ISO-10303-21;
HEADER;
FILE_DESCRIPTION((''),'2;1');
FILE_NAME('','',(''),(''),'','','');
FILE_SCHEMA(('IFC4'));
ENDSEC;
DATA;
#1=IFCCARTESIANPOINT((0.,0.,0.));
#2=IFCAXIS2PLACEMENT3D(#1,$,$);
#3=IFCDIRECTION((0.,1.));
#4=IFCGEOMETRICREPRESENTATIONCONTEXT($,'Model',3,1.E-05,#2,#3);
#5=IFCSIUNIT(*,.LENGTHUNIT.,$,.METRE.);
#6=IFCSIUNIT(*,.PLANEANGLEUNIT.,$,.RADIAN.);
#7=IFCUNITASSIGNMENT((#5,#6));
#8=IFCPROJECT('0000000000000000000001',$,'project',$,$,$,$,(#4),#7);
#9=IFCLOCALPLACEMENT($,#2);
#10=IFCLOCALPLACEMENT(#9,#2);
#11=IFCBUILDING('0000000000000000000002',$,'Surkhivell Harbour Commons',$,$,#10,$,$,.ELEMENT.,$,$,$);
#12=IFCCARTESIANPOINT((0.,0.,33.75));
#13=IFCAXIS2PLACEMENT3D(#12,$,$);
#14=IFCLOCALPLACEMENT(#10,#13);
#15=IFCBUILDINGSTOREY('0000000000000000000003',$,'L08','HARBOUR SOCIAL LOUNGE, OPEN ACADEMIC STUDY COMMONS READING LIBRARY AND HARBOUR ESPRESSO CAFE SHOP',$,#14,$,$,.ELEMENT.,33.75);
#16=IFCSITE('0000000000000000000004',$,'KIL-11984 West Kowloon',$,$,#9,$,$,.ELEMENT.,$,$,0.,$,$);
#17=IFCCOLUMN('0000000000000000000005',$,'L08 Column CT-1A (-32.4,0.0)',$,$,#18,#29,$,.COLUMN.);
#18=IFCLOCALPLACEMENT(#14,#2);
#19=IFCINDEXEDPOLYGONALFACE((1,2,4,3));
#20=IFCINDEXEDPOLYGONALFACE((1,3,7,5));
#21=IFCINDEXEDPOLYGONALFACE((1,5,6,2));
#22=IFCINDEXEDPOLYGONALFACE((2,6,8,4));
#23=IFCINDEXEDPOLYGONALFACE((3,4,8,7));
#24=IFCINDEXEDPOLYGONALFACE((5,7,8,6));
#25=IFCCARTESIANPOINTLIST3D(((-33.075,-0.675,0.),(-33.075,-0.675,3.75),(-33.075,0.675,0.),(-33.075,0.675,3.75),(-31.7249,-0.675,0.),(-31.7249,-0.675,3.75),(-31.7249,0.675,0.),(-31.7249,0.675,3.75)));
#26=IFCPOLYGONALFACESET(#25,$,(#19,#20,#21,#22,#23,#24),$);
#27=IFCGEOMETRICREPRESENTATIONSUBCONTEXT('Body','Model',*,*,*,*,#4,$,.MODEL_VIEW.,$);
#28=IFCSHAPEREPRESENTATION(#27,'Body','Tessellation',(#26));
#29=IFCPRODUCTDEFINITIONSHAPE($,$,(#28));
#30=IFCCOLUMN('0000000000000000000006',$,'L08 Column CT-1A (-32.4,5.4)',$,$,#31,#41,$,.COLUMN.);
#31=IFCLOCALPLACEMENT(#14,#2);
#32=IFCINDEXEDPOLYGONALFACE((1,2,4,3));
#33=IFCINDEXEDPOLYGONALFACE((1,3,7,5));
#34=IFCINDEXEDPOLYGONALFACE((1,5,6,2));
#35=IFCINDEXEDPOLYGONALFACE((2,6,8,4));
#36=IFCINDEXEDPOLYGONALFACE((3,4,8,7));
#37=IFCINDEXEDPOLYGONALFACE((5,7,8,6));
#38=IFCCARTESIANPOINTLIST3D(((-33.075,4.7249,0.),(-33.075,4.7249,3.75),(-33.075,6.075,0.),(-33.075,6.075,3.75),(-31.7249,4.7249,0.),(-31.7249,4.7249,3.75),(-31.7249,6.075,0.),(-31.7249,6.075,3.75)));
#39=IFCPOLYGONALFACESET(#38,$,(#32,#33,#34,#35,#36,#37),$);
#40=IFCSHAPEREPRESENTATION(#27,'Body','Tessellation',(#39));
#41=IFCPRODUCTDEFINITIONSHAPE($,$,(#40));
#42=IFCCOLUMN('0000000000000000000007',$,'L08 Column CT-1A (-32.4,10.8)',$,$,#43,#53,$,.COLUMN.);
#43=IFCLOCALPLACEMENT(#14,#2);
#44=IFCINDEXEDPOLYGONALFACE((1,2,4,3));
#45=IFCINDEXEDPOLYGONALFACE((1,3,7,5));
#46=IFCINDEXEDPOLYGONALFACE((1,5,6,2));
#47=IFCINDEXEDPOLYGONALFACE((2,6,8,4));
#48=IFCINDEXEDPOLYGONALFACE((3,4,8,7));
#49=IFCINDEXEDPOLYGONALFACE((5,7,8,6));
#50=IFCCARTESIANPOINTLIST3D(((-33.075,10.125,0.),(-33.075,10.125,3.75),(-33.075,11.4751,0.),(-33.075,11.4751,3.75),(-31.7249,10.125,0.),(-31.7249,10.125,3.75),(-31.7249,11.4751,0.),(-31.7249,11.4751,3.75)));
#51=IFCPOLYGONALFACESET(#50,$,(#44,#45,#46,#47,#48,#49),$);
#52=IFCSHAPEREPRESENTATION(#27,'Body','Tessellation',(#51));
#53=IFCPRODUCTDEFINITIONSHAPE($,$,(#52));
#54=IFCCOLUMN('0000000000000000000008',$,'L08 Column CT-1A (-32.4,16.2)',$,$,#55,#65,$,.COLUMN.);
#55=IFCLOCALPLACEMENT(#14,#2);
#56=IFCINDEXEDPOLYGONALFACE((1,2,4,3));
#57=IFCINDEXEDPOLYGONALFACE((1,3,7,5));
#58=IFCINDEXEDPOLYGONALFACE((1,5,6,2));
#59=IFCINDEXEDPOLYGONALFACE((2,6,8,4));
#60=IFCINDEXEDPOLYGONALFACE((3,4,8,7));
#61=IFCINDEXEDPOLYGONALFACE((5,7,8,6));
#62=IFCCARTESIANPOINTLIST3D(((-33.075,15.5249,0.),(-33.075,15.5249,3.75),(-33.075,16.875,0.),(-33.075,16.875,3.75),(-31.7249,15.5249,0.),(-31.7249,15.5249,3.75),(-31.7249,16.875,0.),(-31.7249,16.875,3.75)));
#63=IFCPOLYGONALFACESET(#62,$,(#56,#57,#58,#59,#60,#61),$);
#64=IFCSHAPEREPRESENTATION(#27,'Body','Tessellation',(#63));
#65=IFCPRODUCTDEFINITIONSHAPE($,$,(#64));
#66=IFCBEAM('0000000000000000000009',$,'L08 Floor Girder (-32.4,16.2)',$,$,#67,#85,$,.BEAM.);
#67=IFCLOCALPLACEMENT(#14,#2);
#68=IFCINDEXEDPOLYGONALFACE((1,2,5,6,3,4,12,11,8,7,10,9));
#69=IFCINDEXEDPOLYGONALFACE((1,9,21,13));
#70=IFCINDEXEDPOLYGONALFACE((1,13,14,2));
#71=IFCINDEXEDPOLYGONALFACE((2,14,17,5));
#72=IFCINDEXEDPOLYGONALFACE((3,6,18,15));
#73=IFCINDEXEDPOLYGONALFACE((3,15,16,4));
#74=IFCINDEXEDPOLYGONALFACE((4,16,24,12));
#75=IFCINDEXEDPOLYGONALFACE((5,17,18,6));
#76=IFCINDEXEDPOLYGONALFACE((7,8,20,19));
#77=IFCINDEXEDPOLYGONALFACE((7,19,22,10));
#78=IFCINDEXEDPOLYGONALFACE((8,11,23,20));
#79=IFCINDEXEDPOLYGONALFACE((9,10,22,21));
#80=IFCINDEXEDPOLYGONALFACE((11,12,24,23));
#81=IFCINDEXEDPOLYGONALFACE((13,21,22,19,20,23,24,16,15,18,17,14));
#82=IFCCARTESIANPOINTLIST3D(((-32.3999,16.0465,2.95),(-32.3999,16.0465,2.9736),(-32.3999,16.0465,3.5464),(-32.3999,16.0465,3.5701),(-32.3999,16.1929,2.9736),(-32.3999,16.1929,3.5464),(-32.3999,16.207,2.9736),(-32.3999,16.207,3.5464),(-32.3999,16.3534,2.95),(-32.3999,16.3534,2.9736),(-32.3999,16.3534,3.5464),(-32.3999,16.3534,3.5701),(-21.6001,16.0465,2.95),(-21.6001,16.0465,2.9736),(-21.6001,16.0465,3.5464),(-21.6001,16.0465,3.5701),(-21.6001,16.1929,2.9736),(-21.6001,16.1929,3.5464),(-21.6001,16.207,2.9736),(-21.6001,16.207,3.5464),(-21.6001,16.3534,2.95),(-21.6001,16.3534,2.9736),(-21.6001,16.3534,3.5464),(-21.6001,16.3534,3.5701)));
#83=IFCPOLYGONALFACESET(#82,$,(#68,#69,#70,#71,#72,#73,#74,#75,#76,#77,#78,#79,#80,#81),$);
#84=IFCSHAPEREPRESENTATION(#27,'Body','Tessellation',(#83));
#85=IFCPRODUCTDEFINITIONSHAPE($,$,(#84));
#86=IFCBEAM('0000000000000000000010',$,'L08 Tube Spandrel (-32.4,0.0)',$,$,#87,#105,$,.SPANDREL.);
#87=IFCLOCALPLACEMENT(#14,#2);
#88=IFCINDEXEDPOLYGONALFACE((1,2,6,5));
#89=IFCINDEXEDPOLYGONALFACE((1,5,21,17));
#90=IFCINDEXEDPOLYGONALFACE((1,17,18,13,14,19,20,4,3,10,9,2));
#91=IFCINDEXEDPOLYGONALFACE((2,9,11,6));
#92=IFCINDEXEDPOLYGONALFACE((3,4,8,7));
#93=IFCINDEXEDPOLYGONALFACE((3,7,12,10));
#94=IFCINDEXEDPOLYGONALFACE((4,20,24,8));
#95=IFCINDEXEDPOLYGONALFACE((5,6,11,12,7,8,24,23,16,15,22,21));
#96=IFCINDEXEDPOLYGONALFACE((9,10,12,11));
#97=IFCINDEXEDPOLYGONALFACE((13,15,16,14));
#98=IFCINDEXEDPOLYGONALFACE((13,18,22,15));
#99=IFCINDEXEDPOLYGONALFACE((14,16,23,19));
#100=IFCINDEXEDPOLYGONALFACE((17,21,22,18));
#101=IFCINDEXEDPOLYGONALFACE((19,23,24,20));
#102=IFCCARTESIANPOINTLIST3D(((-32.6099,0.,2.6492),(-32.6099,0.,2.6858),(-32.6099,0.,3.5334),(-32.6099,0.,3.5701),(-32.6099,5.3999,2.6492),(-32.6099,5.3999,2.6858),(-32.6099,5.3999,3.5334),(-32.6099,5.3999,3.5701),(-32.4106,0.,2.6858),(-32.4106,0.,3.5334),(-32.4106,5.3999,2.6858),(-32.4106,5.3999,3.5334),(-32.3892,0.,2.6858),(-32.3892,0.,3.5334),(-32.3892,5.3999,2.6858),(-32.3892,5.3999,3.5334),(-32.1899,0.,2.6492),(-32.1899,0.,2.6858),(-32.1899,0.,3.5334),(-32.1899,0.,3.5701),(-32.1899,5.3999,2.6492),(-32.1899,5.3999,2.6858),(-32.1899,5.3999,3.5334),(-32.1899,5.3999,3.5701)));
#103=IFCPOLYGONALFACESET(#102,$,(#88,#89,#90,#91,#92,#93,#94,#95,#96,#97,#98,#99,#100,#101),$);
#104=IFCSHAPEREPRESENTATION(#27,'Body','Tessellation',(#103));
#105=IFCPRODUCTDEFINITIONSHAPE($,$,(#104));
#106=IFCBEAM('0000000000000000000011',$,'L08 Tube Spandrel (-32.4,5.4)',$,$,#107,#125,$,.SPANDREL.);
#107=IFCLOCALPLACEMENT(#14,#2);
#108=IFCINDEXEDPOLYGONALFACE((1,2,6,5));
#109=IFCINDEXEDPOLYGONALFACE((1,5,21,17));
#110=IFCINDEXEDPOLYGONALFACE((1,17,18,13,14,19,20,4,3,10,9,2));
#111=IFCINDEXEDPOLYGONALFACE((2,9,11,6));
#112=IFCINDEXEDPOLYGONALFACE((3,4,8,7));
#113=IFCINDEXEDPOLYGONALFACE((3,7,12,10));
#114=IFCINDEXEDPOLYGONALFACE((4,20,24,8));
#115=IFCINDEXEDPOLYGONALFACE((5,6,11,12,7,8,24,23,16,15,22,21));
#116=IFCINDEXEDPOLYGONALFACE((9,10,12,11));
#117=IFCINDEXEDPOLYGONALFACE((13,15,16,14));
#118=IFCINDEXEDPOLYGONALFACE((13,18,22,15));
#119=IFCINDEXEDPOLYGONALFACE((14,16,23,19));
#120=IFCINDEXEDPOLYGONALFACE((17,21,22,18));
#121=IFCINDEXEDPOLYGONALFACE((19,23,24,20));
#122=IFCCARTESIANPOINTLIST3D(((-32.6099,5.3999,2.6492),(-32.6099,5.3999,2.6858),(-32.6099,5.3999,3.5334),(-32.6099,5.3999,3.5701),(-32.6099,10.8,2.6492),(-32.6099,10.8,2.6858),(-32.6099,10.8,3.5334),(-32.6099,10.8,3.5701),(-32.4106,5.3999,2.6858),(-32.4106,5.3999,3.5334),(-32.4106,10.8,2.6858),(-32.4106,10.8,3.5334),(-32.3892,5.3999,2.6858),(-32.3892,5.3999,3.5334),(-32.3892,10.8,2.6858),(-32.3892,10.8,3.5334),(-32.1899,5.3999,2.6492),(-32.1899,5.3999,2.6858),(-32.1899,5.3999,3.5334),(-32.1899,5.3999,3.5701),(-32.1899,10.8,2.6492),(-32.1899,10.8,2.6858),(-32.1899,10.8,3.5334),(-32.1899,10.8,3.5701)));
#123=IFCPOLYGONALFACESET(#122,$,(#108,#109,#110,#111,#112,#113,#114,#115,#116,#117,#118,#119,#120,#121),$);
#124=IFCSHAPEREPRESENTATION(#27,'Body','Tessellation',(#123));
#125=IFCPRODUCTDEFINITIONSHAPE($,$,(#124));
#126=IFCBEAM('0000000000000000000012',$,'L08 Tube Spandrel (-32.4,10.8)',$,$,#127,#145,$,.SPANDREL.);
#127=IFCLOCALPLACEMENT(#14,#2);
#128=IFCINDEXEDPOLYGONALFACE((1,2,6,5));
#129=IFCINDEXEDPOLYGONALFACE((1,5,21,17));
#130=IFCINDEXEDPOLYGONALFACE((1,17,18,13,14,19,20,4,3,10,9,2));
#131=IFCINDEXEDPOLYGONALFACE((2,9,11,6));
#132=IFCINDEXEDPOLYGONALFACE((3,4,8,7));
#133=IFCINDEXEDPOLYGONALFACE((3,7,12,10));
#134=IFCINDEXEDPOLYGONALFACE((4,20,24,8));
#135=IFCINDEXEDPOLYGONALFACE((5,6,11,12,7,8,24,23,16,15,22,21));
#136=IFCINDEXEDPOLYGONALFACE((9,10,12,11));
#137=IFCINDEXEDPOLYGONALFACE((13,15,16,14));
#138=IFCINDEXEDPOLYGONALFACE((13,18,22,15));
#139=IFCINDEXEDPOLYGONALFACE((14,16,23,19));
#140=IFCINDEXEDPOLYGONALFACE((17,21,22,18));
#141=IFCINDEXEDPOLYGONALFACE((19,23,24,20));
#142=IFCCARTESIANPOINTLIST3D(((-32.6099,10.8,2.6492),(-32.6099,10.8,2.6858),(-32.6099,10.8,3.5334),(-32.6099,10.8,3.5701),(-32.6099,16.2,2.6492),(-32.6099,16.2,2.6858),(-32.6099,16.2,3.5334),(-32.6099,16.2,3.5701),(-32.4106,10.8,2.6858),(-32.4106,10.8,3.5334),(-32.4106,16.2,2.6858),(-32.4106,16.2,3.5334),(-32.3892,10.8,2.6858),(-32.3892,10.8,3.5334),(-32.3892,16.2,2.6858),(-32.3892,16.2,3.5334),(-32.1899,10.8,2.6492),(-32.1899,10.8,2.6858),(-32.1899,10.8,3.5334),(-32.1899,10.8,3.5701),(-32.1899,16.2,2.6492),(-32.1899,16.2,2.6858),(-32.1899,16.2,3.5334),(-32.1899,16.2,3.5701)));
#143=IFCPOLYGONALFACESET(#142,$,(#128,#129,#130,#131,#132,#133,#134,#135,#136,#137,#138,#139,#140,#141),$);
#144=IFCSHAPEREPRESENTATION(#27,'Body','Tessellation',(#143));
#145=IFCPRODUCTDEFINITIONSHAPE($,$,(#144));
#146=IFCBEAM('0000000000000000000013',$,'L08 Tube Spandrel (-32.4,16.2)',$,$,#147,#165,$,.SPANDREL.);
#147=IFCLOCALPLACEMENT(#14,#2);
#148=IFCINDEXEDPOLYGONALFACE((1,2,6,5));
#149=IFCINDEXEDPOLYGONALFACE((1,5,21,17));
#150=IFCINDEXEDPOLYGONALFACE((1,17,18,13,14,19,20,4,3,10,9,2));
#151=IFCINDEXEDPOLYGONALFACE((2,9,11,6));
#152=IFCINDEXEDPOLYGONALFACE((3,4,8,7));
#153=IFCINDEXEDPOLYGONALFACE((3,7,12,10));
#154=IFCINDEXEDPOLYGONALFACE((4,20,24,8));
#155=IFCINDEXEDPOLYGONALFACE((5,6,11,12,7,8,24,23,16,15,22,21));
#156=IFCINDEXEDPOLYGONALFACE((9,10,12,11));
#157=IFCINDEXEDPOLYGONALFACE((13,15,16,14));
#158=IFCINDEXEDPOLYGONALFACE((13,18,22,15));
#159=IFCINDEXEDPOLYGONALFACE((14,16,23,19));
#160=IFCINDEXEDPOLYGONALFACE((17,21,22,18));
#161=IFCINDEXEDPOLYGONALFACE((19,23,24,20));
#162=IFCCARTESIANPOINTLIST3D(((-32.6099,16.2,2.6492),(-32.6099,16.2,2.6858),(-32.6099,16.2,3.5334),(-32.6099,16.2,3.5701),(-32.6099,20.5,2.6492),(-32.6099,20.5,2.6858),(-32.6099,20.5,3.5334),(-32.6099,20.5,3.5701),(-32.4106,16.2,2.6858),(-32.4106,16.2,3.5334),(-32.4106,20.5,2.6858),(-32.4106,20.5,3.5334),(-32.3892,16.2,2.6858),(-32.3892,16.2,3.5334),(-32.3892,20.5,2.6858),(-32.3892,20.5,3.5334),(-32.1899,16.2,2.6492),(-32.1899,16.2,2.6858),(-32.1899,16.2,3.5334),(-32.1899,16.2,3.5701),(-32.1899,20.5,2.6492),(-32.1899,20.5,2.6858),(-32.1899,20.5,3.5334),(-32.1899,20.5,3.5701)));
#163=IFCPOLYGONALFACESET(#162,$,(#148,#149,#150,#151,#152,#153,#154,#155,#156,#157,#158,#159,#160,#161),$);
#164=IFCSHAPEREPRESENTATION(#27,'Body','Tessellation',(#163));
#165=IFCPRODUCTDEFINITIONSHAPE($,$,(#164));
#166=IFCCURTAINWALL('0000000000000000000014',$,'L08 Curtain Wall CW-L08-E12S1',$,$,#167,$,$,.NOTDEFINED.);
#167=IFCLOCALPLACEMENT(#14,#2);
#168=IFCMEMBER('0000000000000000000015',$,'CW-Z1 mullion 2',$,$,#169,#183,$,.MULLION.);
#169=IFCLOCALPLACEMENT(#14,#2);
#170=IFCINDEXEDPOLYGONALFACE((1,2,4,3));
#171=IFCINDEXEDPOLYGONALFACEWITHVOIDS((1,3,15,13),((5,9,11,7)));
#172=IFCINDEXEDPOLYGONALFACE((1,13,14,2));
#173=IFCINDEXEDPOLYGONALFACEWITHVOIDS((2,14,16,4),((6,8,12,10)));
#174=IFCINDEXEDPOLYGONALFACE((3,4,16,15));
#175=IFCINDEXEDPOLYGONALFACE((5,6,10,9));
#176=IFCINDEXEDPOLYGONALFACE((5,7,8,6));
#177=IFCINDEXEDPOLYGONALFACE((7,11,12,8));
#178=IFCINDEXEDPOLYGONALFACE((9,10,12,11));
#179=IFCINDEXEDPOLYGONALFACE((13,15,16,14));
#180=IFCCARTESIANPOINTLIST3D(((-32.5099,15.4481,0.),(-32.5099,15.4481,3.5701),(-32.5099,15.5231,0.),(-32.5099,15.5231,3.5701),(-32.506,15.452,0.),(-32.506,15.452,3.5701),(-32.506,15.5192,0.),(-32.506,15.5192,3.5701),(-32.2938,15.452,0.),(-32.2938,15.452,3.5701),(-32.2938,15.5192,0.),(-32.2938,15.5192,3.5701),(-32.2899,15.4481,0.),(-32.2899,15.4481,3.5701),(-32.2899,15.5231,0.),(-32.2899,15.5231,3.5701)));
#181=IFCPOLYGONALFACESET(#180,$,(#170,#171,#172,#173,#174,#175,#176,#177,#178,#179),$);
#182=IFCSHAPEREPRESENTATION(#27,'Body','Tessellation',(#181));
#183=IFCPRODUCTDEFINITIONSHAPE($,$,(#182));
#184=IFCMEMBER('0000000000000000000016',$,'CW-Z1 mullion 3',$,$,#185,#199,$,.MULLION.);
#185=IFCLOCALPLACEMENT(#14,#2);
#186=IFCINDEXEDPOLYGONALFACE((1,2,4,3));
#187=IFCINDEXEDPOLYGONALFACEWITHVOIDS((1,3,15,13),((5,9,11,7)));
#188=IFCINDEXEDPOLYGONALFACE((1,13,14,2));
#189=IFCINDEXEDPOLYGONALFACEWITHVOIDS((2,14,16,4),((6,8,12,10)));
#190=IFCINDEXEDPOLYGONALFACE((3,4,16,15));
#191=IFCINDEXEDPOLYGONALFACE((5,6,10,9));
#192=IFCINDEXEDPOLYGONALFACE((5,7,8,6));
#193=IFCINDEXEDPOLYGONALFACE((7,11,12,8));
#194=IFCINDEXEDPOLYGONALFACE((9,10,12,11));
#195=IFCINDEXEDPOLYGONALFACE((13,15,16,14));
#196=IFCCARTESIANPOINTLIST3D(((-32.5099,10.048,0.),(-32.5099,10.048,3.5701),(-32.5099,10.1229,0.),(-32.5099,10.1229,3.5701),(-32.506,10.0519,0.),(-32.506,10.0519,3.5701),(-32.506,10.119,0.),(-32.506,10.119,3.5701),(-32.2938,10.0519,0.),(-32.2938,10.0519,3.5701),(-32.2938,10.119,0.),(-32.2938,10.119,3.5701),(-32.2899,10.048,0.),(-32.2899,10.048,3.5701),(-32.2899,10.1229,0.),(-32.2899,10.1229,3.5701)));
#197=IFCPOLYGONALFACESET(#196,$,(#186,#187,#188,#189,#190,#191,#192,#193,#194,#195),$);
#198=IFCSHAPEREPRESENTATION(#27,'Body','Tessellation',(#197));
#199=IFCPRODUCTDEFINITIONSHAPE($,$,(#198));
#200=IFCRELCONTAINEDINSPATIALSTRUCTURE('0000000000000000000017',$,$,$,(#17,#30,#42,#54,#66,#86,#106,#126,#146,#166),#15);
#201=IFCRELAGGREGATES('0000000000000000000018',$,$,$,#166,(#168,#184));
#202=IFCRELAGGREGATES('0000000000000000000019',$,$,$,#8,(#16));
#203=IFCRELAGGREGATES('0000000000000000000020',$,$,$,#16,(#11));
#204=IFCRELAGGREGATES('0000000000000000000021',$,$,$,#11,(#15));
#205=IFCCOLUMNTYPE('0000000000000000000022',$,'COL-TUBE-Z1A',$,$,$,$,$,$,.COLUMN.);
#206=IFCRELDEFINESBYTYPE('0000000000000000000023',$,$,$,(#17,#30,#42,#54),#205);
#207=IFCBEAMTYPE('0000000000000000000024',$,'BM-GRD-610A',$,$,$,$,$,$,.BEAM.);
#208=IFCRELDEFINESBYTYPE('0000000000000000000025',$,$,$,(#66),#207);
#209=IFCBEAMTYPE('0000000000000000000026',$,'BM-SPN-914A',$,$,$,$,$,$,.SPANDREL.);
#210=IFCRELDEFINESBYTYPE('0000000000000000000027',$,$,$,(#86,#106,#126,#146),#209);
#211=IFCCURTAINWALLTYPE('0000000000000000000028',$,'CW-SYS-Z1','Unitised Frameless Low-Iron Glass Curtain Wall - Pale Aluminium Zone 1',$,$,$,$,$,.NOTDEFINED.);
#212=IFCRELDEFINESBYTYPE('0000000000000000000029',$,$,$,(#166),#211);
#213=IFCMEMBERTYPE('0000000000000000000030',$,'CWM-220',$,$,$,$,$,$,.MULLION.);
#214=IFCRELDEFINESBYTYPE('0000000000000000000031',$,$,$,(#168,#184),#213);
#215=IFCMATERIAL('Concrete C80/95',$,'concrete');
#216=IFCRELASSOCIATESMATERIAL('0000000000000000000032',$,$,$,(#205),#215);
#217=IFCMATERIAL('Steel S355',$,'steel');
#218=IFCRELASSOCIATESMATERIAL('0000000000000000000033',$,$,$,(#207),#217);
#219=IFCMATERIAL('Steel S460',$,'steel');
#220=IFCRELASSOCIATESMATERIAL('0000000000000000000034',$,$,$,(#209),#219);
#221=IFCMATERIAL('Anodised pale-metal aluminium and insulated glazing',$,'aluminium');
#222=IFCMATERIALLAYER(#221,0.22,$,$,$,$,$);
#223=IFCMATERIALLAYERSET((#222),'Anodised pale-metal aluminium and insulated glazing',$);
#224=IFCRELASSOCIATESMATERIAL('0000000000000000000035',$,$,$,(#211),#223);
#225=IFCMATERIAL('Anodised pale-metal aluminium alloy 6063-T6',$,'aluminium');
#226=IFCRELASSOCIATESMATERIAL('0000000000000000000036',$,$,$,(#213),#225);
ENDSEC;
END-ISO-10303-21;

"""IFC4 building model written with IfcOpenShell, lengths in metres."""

from ifc_helpers import new_model, si_unit, direction, frame, origin, origin_2d, place, context, subcontext, project, spatial, rectangle, hollow_rectangle, i_section, extrude, material, layer, layer_set, material_profile, profile_set, type_object, element, aggregate, save


model = new_model("IFC4")

# Units and contexts
model_context = context("Model", 3, precision=1e-05, world=origin(), true_north=direction((0.0, 1.0)))
body_context = subcontext(model_context, "Body", "Model", "MODEL_VIEW")
ifc_project = project(units=[si_unit("LENGTHUNIT", "METRE"), si_unit("PLANEANGLEUNIT", "RADIAN")], contexts=[model_context])

# Site, building, storey
site_placement = place(None, origin())
site = spatial("IfcSite", under=ifc_project, at=site_placement, Name="KIL-11984 West Kowloon", CompositionType="ELEMENT", RefElevation=0.0)
building_placement = place(site_placement, origin())
building = spatial("IfcBuilding", under=site, at=building_placement, Name="Surkhivell Harbour Commons", CompositionType="ELEMENT")
storey_placement = place(building_placement, frame((0.0, 0.0, 33.75)))
storey = spatial("IfcBuildingStorey", under=building, at=storey_placement, Name="L08", Description="HARBOUR SOCIAL LOUNGE, OPEN ACADEMIC STUDY COMMONS READING LIBRARY AND HARBOUR ESPRESSO CAFE SHOP", CompositionType="ELEMENT", Elevation=33.75)

# Columns
ifc_material_1 = material(Name="Concrete C80/95", Category="concrete")
ifc_material_profile_1 = material_profile(ifc_material_1, rectangle(XDim=1.3501, YDim=1.3501, at=origin_2d()), Name="RC-COL-1350x1350")
ifc_profile_set_1 = profile_set([ifc_material_profile_1], Name="Concrete C80/95")
column_type = type_object("IfcColumnType", Name="COL-TUBE-Z1A", PredefinedType="COLUMN", material=ifc_profile_set_1)
for number, where, z_axis, x_axis, name in (
    (1, (-32.3999, 0.0, 0.0), (0.0, 0.0, 1.0), (1.0, 0.0, 0.0), "L08 Column CT-1A (-32.4,0.0)"),
    (2, (-32.3999, 5.3999, 0.0), (0.0, 0.0, 1.0), (1.0, 0.0, 0.0), "L08 Column CT-1A (-32.4,5.4)"),
    (3, (-32.3999, 10.8, 0.0), (0.0, 0.0, 1.0), (1.0, 0.0, 0.0), "L08 Column CT-1A (-32.4,10.8)"),
    (4, (-32.3999, 16.2, 0.0), (0.0, 0.0, 1.0), (1.0, 0.0, 0.0), "L08 Column CT-1A (-32.4,16.2)"),
):
    element("IfcColumn", number, at=place(storey_placement, frame(where, z_axis=z_axis, x_axis=x_axis)), inside=storey, type_object=column_type, Name=name, PredefinedType="COLUMN", context=body_context, shape_type="SweptSolid", body=[
        extrude(rectangle(XDim=1.3501, YDim=1.3501, at=origin_2d()), origin(), (0.0, 0.0, 1.0), 3.75),
    ])

# Beams
ifc_material_2 = material(Name="Steel S355", Category="steel")
ifc_material_profile_2 = material_profile(ifc_material_2, i_section(OverallWidth=0.3069, OverallDepth=0.6201, WebThickness=0.0142, FlangeThickness=0.0237, at=origin_2d()), Name="UB610x305x179")
ifc_profile_set_2 = profile_set([ifc_material_profile_2], Name="Steel S355")
beam_type_1 = type_object("IfcBeamType", Name="BM-GRD-610A", PredefinedType="BEAM", material=ifc_profile_set_2)
beam_1_placement = place(storey_placement, frame((-32.3999, 16.2, 3.26), z_axis=(1.0, 0.0, 0.0), x_axis=(0.0, 1.0, 0.0)))
element("IfcBeam", 5, at=beam_1_placement, inside=storey, type_object=beam_type_1, Name="L08 Floor Girder (-32.4,16.2)", PredefinedType="BEAM", context=body_context, shape_type="SweptSolid", body=[
    extrude(i_section(OverallWidth=0.3069, OverallDepth=0.6201, WebThickness=0.0142, FlangeThickness=0.0237, at=origin_2d()), origin(), (0.0, 0.0, 1.0), 10.7998),
])
ifc_material_3 = material(Name="Steel S460", Category="steel")
ifc_material_profile_3 = material_profile(ifc_material_3, i_section(OverallWidth=0.4199, OverallDepth=0.9209, WebThickness=0.0215, FlangeThickness=0.0366, at=origin_2d()), Name="UB914x419x388")
ifc_profile_set_3 = profile_set([ifc_material_profile_3], Name="Steel S460")
beam_type_2 = type_object("IfcBeamType", Name="BM-SPN-914A", PredefinedType="SPANDREL", material=ifc_profile_set_3)
beam_2_placement = place(storey_placement, frame((-32.3999, 0.0, 3.1096), z_axis=(0.0, 1.0, 0.0), x_axis=(-1.0, 0.0, 0.0)))
element("IfcBeam", 6, at=beam_2_placement, inside=storey, type_object=beam_type_2, Name="L08 Tube Spandrel (-32.4,0.0)", PredefinedType="SPANDREL", context=body_context, shape_type="SweptSolid", body=[
    extrude(i_section(OverallWidth=0.4199, OverallDepth=0.9209, WebThickness=0.0215, FlangeThickness=0.0366, at=origin_2d()), origin(), (0.0, 0.0, 1.0), 5.3999),
])
beam_3_placement = place(storey_placement, frame((-32.3999, 5.3999, 3.1096), z_axis=(0.0, 1.0, 0.0), x_axis=(-1.0, 0.0, 0.0)))
element("IfcBeam", 7, at=beam_3_placement, inside=storey, type_object=beam_type_2, Name="L08 Tube Spandrel (-32.4,5.4)", PredefinedType="SPANDREL", context=body_context, shape_type="SweptSolid", body=[
    extrude(i_section(OverallWidth=0.4199, OverallDepth=0.9209, WebThickness=0.0215, FlangeThickness=0.0366, at=origin_2d()), origin(), (0.0, 0.0, 1.0), 5.4001),
])
beam_4_placement = place(storey_placement, frame((-32.3999, 10.8, 3.1096), z_axis=(0.0, 1.0, 0.0), x_axis=(-1.0, 0.0, 0.0)))
element("IfcBeam", 8, at=beam_4_placement, inside=storey, type_object=beam_type_2, Name="L08 Tube Spandrel (-32.4,10.8)", PredefinedType="SPANDREL", context=body_context, shape_type="SweptSolid", body=[
    extrude(i_section(OverallWidth=0.4199, OverallDepth=0.9209, WebThickness=0.0215, FlangeThickness=0.0366, at=origin_2d()), origin(), (0.0, 0.0, 1.0), 5.3999),
])
beam_5_placement = place(storey_placement, frame((-32.3999, 16.2, 3.1096), z_axis=(0.0, 1.0, 0.0), x_axis=(-1.0, 0.0, 0.0)))
element("IfcBeam", 9, at=beam_5_placement, inside=storey, type_object=beam_type_2, Name="L08 Tube Spandrel (-32.4,16.2)", PredefinedType="SPANDREL", context=body_context, shape_type="SweptSolid", body=[
    extrude(i_section(OverallWidth=0.4199, OverallDepth=0.9209, WebThickness=0.0215, FlangeThickness=0.0366, at=origin_2d()), origin(), (0.0, 0.0, 1.0), 4.3),
])

# Curtain wall, members
ifc_material_4 = material(Name="Anodised pale-metal aluminium and insulated glazing", Category="aluminium")
ifc_layer_1 = layer(ifc_material_4, 0.22)
ifc_layer_set_1 = layer_set([ifc_layer_1], Name="Anodised pale-metal aluminium and insulated glazing")
curtain_wall_type = type_object("IfcCurtainWallType", Name="CW-SYS-Z1", Description="Unitised Frameless Low-Iron Glass Curtain Wall - Pale Aluminium Zone 1", PredefinedType="NOTDEFINED", material=ifc_layer_set_1)
curtain_wall_placement = place(storey_placement, origin())
curtain_wall = element("IfcCurtainWall", 10, at=curtain_wall_placement, inside=storey, type_object=curtain_wall_type, Name="L08 Curtain Wall CW-L08-E12S1", PredefinedType="NOTDEFINED")
ifc_material_5 = material(Name="Anodised pale-metal aluminium alloy 6063-T6", Category="aluminium")
ifc_material_profile_4 = material_profile(ifc_material_5, hollow_rectangle(XDim=0.075, YDim=0.22, WallThickness=0.0039, at=origin_2d()), Name="ALU-MULL-75x220")
ifc_profile_set_4 = profile_set([ifc_material_profile_4], Name="Anodised pale-metal aluminium alloy 6063-T6")
member_type_1 = type_object("IfcMemberType", Name="CWM-220", PredefinedType="MULLION", material=ifc_profile_set_4)
member_1_placement = place(storey_placement, frame((-32.3999, 15.4856, 0.0), z_axis=(0.0, 0.0, 1.0), x_axis=(0.0, -1.0, 0.0)))
member_1 = element("IfcMember", 11, at=member_1_placement, type_object=member_type_1, Name="CW-Z1 mullion 2", PredefinedType="MULLION", context=body_context, shape_type="SweptSolid", body=[
    extrude(hollow_rectangle(XDim=0.075, YDim=0.22, WallThickness=0.0039, at=origin_2d()), origin(), (0.0, 0.0, 1.0), 3.5701),
])
member_2_placement = place(storey_placement, frame((-32.3999, 10.0854, 0.0), z_axis=(0.0, 0.0, 1.0), x_axis=(0.0, -1.0, 0.0)))
member_2 = element("IfcMember", 12, at=member_2_placement, type_object=member_type_1, Name="CW-Z1 mullion 3", PredefinedType="MULLION", context=body_context, shape_type="SweptSolid", body=[
    extrude(hollow_rectangle(XDim=0.075, YDim=0.22, WallThickness=0.0039, at=origin_2d()), origin(), (0.0, 0.0, 1.0), 3.5701),
])
aggregate(curtain_wall, [member_1, member_2])

save(model, "model.ifc")
